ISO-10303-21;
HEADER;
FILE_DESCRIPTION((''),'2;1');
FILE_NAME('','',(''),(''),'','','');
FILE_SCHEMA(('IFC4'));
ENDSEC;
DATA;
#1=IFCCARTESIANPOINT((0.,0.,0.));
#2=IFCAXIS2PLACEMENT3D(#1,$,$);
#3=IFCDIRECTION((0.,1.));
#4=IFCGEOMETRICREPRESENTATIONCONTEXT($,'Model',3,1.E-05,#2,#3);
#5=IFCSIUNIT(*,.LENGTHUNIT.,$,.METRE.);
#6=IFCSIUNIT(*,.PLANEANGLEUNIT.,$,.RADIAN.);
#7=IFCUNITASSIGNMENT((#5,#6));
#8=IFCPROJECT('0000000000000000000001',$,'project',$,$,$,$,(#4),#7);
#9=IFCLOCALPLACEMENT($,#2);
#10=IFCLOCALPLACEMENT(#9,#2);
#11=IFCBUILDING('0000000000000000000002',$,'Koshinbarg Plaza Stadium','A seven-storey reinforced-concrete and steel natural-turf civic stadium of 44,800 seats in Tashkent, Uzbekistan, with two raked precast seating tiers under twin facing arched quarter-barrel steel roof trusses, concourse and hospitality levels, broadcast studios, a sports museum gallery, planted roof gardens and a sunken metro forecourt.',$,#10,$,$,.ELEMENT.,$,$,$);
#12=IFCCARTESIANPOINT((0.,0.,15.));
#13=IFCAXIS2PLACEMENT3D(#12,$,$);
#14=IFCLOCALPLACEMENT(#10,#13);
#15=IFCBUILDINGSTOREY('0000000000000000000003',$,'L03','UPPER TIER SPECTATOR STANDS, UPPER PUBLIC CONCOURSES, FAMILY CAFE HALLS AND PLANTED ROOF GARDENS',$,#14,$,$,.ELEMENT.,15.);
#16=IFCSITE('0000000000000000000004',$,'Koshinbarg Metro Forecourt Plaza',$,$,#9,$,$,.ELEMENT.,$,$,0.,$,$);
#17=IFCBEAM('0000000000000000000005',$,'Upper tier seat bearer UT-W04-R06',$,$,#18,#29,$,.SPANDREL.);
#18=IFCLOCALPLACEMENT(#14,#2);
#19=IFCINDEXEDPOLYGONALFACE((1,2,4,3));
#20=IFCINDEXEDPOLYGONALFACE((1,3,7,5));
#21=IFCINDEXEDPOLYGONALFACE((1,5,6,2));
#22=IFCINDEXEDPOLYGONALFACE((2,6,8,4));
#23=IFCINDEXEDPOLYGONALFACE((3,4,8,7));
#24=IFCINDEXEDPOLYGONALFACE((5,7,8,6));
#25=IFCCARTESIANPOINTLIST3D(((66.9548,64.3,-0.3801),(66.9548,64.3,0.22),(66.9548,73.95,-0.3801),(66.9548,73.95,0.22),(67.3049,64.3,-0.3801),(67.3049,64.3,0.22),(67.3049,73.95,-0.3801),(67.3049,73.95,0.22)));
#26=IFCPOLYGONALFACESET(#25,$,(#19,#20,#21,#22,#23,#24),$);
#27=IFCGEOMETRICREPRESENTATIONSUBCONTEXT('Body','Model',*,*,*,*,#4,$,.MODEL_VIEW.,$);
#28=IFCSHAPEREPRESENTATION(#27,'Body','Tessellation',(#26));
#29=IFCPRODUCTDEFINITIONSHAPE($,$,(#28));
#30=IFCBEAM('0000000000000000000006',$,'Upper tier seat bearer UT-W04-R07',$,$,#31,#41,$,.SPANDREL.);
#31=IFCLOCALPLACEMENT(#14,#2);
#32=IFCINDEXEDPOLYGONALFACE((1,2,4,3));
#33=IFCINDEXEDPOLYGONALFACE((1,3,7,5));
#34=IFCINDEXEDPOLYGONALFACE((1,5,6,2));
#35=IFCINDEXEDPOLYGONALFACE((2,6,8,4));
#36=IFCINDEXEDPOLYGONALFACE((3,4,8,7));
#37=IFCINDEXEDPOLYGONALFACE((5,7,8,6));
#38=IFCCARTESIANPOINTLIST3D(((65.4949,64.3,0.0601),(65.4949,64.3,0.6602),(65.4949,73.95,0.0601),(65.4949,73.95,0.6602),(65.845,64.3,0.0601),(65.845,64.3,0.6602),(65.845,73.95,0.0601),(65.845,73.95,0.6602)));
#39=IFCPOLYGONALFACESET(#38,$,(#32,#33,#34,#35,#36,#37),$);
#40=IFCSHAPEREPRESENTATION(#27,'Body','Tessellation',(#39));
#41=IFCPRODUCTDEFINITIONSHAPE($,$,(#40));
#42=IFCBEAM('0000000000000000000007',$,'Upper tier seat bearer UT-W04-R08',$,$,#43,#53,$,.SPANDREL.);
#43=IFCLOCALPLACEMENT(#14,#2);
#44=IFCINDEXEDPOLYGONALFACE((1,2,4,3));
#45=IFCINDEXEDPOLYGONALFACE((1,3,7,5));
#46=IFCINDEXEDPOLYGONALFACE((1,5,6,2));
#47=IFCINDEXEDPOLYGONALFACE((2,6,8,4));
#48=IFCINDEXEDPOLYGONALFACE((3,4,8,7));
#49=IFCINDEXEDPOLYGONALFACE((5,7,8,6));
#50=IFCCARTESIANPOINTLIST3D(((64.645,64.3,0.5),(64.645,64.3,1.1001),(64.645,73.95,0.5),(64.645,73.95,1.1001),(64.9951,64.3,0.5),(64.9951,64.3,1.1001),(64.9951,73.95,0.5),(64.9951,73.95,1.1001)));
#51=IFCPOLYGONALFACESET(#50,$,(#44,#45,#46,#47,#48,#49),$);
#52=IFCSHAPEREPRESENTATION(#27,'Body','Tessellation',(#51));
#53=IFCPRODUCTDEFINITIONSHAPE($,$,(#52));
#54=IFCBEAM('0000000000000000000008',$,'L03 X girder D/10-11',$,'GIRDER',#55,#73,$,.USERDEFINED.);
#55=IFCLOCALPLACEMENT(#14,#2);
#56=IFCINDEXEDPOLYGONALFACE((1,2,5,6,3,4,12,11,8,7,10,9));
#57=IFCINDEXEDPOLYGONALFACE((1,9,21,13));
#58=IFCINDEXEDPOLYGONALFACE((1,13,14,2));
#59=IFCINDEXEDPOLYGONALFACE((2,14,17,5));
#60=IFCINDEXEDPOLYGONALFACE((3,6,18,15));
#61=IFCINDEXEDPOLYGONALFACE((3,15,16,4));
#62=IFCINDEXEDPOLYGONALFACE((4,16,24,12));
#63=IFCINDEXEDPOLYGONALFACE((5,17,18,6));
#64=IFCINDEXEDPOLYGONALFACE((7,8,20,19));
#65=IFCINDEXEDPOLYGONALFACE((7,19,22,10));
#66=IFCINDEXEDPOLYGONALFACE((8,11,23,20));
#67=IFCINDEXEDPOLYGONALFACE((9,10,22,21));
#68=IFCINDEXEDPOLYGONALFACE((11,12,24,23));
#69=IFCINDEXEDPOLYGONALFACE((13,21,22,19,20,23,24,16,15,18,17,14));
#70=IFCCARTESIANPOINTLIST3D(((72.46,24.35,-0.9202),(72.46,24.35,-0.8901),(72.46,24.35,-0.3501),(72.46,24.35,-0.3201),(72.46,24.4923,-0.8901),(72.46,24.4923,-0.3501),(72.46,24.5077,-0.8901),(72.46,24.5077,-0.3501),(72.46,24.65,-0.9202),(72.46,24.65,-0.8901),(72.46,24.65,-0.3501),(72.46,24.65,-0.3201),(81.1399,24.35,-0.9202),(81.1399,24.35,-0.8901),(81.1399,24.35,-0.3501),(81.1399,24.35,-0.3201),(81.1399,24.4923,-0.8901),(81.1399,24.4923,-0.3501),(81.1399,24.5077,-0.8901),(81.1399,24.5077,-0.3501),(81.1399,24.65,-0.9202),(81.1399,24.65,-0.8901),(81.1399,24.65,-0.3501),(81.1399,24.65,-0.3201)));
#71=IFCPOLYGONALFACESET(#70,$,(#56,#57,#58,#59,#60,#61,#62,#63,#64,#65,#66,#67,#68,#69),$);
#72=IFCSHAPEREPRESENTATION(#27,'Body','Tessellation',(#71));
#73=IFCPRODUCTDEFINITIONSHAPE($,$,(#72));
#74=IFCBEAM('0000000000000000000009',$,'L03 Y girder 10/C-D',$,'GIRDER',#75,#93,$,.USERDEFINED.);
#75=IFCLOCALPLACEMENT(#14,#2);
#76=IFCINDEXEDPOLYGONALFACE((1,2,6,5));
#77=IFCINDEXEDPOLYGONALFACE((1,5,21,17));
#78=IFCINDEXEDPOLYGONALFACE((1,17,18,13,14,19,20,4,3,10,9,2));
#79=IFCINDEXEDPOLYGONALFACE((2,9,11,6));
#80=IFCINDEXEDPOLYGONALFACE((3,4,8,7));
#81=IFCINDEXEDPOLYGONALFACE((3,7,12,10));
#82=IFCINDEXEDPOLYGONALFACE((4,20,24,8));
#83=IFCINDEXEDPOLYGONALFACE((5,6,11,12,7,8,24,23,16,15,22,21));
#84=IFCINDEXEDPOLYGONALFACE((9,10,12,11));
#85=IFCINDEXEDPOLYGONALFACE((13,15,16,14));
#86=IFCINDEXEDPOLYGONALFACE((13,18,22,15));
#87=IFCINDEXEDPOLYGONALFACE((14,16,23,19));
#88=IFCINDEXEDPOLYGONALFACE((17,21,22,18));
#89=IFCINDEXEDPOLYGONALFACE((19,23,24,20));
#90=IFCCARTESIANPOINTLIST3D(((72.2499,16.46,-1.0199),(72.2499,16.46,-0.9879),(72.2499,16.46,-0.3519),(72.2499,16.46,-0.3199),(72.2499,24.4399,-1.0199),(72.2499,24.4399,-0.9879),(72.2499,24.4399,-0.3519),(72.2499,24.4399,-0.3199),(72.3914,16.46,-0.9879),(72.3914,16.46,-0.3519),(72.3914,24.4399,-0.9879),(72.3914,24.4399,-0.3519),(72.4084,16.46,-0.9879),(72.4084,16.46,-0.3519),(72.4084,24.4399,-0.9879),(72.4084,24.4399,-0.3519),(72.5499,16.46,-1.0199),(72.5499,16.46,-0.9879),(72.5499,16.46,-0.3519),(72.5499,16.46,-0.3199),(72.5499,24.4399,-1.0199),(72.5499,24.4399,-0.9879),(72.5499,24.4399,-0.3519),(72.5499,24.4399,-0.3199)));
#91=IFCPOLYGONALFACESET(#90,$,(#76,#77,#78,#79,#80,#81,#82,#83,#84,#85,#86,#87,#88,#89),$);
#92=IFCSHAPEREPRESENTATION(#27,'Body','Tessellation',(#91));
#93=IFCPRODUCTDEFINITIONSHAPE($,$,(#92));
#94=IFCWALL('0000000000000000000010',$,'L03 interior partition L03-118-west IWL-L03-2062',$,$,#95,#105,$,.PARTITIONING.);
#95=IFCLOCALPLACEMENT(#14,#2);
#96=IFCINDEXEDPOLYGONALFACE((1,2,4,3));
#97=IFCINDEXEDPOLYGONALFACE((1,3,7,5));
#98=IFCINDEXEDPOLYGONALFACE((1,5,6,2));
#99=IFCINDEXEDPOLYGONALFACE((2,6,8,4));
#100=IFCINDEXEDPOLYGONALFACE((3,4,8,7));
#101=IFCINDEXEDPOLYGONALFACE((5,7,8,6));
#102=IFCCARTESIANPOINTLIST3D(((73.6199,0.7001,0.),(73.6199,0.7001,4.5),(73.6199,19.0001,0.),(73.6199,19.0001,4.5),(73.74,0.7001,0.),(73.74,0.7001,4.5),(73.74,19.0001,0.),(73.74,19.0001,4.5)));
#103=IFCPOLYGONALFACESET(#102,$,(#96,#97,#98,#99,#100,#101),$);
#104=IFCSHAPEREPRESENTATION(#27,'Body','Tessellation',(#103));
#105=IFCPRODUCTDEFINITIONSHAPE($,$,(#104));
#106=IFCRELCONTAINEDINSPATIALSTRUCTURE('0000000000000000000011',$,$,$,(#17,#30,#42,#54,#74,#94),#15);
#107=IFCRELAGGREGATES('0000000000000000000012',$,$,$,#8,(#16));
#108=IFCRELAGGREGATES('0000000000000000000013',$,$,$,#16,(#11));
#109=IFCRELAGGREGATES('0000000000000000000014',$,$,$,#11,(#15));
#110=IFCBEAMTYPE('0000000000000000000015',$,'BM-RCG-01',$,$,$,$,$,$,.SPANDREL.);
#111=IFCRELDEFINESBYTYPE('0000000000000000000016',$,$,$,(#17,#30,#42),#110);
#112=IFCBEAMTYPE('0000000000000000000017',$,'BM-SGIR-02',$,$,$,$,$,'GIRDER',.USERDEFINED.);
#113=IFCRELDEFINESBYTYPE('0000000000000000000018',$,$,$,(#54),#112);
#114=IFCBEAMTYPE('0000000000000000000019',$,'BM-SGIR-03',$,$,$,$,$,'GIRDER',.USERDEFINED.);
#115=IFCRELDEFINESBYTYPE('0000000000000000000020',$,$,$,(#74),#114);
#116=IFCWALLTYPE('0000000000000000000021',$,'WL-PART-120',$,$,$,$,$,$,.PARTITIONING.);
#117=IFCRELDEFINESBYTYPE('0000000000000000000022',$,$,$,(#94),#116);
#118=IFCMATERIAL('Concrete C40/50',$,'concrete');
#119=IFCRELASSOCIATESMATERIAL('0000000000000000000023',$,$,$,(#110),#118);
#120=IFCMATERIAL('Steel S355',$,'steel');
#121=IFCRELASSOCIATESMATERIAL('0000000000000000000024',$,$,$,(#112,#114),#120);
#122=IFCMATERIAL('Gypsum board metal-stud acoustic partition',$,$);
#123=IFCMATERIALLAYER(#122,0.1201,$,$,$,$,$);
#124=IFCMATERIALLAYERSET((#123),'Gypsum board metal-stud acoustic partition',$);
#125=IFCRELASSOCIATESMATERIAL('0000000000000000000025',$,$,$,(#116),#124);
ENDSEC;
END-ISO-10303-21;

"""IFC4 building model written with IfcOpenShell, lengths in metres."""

from ifc_helpers import new_model, si_unit, direction, frame, frame_2d, origin, origin_2d, place, context, subcontext, project, spatial, rectangle, i_section, extrude, material, layer, layer_set, material_profile, profile_set, type_object, element, save


model = new_model("IFC4")

# Units and contexts
model_context = context("Model", 3, precision=1e-05, world=origin(), true_north=direction((0.0, 1.0)))
body_context = subcontext(model_context, "Body", "Model", "MODEL_VIEW")
ifc_project = project(units=[si_unit("LENGTHUNIT", "METRE"), si_unit("PLANEANGLEUNIT", "RADIAN")], contexts=[model_context])

# Site, building, storey
site_placement = place(None, origin())
site = spatial("IfcSite", under=ifc_project, at=site_placement, Name="Koshinbarg Metro Forecourt Plaza", CompositionType="ELEMENT", RefElevation=0.0)
building_placement = place(site_placement, origin())
building = spatial("IfcBuilding", under=site, at=building_placement, Name="Koshinbarg Plaza Stadium", Description="A seven-storey reinforced-concrete and steel natural-turf civic stadium of 44,800 seats in Tashkent, Uzbekistan, with two raked precast seating tiers under twin facing arched quarter-barrel steel roof trusses, concourse and hospitality levels, broadcast studios, a sports museum gallery, planted roof gardens and a sunken metro forecourt.", CompositionType="ELEMENT")
storey_placement = place(building_placement, frame((0.0, 0.0, 15.0)))
storey = spatial("IfcBuildingStorey", under=building, at=storey_placement, Name="L03", Description="UPPER TIER SPECTATOR STANDS, UPPER PUBLIC CONCOURSES, FAMILY CAFE HALLS AND PLANTED ROOF GARDENS", CompositionType="ELEMENT", Elevation=15.0)

# Shared definitions
ifc_material_1 = material(Name="Concrete C40/50", Category="concrete")

# Beams
ifc_material_profile_1 = material_profile(ifc_material_1, rectangle(XDim=0.3501, YDim=0.6001, at=origin_2d()), Name="RC 350x600")
ifc_profile_set_1 = profile_set([ifc_material_profile_1], Name="Concrete C40/50")
beam_type_1 = type_object("IfcBeamType", Name="BM-RCG-01", PredefinedType="SPANDREL", material=ifc_profile_set_1)
for number, where, z_axis, x_axis, name in (
    (1, (67.1299, 64.3, -0.0801), (0.0, 1.0, 0.0), (-1.0, 0.0, 0.0), "Upper tier seat bearer UT-W04-R06"),
    (2, (65.6699, 64.3, 0.3601), (0.0, 1.0, 0.0), (-1.0, 0.0, 0.0), "Upper tier seat bearer UT-W04-R07"),
    (3, (64.8201, 64.3, 0.8), (0.0, 1.0, 0.0), (-1.0, 0.0, 0.0), "Upper tier seat bearer UT-W04-R08"),
):
    element("IfcBeam", number, at=place(storey_placement, frame(where, z_axis=z_axis, x_axis=x_axis)), inside=storey, type_object=beam_type_1, Name=name, PredefinedType="SPANDREL", context=body_context, shape_type="SweptSolid", body=[
        extrude(rectangle(XDim=0.3501, YDim=0.6001, at=origin_2d()), origin(), (0.0, 0.0, 1.0), 9.6499),
    ])
ifc_material_2 = material(Name="Steel S355", Category="steel")
ifc_material_profile_2 = material_profile(ifc_material_2, i_section(OverallWidth=0.3, OverallDepth=0.6001, WebThickness=0.0154, FlangeThickness=0.03, at=origin_2d()), Name="HEB 600")
ifc_profile_set_2 = profile_set([ifc_material_profile_2], Name="Steel S355")
beam_type_2 = type_object("IfcBeamType", Name="BM-SGIR-02", ElementType="GIRDER", PredefinedType="USERDEFINED", material=ifc_profile_set_2)
beam_1_placement = place(storey_placement, frame((72.46, 24.5, -0.6201), z_axis=(1.0, 0.0, 0.0), x_axis=(0.0, 1.0, 0.0)))
element("IfcBeam", 4, at=beam_1_placement, inside=storey, type_object=beam_type_2, Name="L03 X girder D/10-11", ObjectType="GIRDER", PredefinedType="USERDEFINED", context=body_context, shape_type="SweptSolid", body=[
    extrude(i_section(OverallWidth=0.3, OverallDepth=0.6001, WebThickness=0.0154, FlangeThickness=0.03, at=origin_2d()), origin(), (0.0, 0.0, 1.0), 8.6799),
])
ifc_material_profile_3 = material_profile(ifc_material_2, i_section(OverallWidth=0.3, OverallDepth=0.7, WebThickness=0.0171, FlangeThickness=0.032, at=origin_2d()), Name="HEB 700")
ifc_profile_set_3 = profile_set([ifc_material_profile_3], Name="Steel S355")
beam_type_3 = type_object("IfcBeamType", Name="BM-SGIR-03", ElementType="GIRDER", PredefinedType="USERDEFINED", material=ifc_profile_set_3)
beam_2_placement = place(storey_placement, frame((72.3999, 16.46, -0.6699), z_axis=(0.0, 1.0, 0.0), x_axis=(-1.0, 0.0, 0.0)))
element("IfcBeam", 5, at=beam_2_placement, inside=storey, type_object=beam_type_3, Name="L03 Y girder 10/C-D", ObjectType="GIRDER", PredefinedType="USERDEFINED", context=body_context, shape_type="SweptSolid", body=[
    extrude(i_section(OverallWidth=0.3, OverallDepth=0.7, WebThickness=0.0171, FlangeThickness=0.032, at=origin_2d()), origin(), (0.0, 0.0, 1.0), 7.98),
])

# Shared definitions
ifc_material_3 = material(Name="Gypsum board metal-stud acoustic partition")
ifc_layer = layer(ifc_material_3, 0.1201)
ifc_layer_set = layer_set([ifc_layer], Name="Gypsum board metal-stud acoustic partition")
wall_type = type_object("IfcWallType", Name="WL-PART-120", PredefinedType="PARTITIONING", material=ifc_layer_set)

# Wall
wall_1_placement = place(storey_placement, frame((73.6799, 19.0, 0.0), z_axis=(0.0, 0.0, 1.0), x_axis=(0.0, -1.0, 0.0)))
element("IfcWall", 6, at=wall_1_placement, inside=storey, type_object=wall_type, Name="L03 interior partition L03-118-west IWL-L03-2062", PredefinedType="PARTITIONING", context=body_context, shape_type="SweptSolid", body=[
    extrude(rectangle(XDim=18.3, YDim=0.1201, at=frame_2d((9.1499, 0.0))), origin(), (0.0, 0.0, 1.0), 4.5),
])

save(model, "model.ifc")
